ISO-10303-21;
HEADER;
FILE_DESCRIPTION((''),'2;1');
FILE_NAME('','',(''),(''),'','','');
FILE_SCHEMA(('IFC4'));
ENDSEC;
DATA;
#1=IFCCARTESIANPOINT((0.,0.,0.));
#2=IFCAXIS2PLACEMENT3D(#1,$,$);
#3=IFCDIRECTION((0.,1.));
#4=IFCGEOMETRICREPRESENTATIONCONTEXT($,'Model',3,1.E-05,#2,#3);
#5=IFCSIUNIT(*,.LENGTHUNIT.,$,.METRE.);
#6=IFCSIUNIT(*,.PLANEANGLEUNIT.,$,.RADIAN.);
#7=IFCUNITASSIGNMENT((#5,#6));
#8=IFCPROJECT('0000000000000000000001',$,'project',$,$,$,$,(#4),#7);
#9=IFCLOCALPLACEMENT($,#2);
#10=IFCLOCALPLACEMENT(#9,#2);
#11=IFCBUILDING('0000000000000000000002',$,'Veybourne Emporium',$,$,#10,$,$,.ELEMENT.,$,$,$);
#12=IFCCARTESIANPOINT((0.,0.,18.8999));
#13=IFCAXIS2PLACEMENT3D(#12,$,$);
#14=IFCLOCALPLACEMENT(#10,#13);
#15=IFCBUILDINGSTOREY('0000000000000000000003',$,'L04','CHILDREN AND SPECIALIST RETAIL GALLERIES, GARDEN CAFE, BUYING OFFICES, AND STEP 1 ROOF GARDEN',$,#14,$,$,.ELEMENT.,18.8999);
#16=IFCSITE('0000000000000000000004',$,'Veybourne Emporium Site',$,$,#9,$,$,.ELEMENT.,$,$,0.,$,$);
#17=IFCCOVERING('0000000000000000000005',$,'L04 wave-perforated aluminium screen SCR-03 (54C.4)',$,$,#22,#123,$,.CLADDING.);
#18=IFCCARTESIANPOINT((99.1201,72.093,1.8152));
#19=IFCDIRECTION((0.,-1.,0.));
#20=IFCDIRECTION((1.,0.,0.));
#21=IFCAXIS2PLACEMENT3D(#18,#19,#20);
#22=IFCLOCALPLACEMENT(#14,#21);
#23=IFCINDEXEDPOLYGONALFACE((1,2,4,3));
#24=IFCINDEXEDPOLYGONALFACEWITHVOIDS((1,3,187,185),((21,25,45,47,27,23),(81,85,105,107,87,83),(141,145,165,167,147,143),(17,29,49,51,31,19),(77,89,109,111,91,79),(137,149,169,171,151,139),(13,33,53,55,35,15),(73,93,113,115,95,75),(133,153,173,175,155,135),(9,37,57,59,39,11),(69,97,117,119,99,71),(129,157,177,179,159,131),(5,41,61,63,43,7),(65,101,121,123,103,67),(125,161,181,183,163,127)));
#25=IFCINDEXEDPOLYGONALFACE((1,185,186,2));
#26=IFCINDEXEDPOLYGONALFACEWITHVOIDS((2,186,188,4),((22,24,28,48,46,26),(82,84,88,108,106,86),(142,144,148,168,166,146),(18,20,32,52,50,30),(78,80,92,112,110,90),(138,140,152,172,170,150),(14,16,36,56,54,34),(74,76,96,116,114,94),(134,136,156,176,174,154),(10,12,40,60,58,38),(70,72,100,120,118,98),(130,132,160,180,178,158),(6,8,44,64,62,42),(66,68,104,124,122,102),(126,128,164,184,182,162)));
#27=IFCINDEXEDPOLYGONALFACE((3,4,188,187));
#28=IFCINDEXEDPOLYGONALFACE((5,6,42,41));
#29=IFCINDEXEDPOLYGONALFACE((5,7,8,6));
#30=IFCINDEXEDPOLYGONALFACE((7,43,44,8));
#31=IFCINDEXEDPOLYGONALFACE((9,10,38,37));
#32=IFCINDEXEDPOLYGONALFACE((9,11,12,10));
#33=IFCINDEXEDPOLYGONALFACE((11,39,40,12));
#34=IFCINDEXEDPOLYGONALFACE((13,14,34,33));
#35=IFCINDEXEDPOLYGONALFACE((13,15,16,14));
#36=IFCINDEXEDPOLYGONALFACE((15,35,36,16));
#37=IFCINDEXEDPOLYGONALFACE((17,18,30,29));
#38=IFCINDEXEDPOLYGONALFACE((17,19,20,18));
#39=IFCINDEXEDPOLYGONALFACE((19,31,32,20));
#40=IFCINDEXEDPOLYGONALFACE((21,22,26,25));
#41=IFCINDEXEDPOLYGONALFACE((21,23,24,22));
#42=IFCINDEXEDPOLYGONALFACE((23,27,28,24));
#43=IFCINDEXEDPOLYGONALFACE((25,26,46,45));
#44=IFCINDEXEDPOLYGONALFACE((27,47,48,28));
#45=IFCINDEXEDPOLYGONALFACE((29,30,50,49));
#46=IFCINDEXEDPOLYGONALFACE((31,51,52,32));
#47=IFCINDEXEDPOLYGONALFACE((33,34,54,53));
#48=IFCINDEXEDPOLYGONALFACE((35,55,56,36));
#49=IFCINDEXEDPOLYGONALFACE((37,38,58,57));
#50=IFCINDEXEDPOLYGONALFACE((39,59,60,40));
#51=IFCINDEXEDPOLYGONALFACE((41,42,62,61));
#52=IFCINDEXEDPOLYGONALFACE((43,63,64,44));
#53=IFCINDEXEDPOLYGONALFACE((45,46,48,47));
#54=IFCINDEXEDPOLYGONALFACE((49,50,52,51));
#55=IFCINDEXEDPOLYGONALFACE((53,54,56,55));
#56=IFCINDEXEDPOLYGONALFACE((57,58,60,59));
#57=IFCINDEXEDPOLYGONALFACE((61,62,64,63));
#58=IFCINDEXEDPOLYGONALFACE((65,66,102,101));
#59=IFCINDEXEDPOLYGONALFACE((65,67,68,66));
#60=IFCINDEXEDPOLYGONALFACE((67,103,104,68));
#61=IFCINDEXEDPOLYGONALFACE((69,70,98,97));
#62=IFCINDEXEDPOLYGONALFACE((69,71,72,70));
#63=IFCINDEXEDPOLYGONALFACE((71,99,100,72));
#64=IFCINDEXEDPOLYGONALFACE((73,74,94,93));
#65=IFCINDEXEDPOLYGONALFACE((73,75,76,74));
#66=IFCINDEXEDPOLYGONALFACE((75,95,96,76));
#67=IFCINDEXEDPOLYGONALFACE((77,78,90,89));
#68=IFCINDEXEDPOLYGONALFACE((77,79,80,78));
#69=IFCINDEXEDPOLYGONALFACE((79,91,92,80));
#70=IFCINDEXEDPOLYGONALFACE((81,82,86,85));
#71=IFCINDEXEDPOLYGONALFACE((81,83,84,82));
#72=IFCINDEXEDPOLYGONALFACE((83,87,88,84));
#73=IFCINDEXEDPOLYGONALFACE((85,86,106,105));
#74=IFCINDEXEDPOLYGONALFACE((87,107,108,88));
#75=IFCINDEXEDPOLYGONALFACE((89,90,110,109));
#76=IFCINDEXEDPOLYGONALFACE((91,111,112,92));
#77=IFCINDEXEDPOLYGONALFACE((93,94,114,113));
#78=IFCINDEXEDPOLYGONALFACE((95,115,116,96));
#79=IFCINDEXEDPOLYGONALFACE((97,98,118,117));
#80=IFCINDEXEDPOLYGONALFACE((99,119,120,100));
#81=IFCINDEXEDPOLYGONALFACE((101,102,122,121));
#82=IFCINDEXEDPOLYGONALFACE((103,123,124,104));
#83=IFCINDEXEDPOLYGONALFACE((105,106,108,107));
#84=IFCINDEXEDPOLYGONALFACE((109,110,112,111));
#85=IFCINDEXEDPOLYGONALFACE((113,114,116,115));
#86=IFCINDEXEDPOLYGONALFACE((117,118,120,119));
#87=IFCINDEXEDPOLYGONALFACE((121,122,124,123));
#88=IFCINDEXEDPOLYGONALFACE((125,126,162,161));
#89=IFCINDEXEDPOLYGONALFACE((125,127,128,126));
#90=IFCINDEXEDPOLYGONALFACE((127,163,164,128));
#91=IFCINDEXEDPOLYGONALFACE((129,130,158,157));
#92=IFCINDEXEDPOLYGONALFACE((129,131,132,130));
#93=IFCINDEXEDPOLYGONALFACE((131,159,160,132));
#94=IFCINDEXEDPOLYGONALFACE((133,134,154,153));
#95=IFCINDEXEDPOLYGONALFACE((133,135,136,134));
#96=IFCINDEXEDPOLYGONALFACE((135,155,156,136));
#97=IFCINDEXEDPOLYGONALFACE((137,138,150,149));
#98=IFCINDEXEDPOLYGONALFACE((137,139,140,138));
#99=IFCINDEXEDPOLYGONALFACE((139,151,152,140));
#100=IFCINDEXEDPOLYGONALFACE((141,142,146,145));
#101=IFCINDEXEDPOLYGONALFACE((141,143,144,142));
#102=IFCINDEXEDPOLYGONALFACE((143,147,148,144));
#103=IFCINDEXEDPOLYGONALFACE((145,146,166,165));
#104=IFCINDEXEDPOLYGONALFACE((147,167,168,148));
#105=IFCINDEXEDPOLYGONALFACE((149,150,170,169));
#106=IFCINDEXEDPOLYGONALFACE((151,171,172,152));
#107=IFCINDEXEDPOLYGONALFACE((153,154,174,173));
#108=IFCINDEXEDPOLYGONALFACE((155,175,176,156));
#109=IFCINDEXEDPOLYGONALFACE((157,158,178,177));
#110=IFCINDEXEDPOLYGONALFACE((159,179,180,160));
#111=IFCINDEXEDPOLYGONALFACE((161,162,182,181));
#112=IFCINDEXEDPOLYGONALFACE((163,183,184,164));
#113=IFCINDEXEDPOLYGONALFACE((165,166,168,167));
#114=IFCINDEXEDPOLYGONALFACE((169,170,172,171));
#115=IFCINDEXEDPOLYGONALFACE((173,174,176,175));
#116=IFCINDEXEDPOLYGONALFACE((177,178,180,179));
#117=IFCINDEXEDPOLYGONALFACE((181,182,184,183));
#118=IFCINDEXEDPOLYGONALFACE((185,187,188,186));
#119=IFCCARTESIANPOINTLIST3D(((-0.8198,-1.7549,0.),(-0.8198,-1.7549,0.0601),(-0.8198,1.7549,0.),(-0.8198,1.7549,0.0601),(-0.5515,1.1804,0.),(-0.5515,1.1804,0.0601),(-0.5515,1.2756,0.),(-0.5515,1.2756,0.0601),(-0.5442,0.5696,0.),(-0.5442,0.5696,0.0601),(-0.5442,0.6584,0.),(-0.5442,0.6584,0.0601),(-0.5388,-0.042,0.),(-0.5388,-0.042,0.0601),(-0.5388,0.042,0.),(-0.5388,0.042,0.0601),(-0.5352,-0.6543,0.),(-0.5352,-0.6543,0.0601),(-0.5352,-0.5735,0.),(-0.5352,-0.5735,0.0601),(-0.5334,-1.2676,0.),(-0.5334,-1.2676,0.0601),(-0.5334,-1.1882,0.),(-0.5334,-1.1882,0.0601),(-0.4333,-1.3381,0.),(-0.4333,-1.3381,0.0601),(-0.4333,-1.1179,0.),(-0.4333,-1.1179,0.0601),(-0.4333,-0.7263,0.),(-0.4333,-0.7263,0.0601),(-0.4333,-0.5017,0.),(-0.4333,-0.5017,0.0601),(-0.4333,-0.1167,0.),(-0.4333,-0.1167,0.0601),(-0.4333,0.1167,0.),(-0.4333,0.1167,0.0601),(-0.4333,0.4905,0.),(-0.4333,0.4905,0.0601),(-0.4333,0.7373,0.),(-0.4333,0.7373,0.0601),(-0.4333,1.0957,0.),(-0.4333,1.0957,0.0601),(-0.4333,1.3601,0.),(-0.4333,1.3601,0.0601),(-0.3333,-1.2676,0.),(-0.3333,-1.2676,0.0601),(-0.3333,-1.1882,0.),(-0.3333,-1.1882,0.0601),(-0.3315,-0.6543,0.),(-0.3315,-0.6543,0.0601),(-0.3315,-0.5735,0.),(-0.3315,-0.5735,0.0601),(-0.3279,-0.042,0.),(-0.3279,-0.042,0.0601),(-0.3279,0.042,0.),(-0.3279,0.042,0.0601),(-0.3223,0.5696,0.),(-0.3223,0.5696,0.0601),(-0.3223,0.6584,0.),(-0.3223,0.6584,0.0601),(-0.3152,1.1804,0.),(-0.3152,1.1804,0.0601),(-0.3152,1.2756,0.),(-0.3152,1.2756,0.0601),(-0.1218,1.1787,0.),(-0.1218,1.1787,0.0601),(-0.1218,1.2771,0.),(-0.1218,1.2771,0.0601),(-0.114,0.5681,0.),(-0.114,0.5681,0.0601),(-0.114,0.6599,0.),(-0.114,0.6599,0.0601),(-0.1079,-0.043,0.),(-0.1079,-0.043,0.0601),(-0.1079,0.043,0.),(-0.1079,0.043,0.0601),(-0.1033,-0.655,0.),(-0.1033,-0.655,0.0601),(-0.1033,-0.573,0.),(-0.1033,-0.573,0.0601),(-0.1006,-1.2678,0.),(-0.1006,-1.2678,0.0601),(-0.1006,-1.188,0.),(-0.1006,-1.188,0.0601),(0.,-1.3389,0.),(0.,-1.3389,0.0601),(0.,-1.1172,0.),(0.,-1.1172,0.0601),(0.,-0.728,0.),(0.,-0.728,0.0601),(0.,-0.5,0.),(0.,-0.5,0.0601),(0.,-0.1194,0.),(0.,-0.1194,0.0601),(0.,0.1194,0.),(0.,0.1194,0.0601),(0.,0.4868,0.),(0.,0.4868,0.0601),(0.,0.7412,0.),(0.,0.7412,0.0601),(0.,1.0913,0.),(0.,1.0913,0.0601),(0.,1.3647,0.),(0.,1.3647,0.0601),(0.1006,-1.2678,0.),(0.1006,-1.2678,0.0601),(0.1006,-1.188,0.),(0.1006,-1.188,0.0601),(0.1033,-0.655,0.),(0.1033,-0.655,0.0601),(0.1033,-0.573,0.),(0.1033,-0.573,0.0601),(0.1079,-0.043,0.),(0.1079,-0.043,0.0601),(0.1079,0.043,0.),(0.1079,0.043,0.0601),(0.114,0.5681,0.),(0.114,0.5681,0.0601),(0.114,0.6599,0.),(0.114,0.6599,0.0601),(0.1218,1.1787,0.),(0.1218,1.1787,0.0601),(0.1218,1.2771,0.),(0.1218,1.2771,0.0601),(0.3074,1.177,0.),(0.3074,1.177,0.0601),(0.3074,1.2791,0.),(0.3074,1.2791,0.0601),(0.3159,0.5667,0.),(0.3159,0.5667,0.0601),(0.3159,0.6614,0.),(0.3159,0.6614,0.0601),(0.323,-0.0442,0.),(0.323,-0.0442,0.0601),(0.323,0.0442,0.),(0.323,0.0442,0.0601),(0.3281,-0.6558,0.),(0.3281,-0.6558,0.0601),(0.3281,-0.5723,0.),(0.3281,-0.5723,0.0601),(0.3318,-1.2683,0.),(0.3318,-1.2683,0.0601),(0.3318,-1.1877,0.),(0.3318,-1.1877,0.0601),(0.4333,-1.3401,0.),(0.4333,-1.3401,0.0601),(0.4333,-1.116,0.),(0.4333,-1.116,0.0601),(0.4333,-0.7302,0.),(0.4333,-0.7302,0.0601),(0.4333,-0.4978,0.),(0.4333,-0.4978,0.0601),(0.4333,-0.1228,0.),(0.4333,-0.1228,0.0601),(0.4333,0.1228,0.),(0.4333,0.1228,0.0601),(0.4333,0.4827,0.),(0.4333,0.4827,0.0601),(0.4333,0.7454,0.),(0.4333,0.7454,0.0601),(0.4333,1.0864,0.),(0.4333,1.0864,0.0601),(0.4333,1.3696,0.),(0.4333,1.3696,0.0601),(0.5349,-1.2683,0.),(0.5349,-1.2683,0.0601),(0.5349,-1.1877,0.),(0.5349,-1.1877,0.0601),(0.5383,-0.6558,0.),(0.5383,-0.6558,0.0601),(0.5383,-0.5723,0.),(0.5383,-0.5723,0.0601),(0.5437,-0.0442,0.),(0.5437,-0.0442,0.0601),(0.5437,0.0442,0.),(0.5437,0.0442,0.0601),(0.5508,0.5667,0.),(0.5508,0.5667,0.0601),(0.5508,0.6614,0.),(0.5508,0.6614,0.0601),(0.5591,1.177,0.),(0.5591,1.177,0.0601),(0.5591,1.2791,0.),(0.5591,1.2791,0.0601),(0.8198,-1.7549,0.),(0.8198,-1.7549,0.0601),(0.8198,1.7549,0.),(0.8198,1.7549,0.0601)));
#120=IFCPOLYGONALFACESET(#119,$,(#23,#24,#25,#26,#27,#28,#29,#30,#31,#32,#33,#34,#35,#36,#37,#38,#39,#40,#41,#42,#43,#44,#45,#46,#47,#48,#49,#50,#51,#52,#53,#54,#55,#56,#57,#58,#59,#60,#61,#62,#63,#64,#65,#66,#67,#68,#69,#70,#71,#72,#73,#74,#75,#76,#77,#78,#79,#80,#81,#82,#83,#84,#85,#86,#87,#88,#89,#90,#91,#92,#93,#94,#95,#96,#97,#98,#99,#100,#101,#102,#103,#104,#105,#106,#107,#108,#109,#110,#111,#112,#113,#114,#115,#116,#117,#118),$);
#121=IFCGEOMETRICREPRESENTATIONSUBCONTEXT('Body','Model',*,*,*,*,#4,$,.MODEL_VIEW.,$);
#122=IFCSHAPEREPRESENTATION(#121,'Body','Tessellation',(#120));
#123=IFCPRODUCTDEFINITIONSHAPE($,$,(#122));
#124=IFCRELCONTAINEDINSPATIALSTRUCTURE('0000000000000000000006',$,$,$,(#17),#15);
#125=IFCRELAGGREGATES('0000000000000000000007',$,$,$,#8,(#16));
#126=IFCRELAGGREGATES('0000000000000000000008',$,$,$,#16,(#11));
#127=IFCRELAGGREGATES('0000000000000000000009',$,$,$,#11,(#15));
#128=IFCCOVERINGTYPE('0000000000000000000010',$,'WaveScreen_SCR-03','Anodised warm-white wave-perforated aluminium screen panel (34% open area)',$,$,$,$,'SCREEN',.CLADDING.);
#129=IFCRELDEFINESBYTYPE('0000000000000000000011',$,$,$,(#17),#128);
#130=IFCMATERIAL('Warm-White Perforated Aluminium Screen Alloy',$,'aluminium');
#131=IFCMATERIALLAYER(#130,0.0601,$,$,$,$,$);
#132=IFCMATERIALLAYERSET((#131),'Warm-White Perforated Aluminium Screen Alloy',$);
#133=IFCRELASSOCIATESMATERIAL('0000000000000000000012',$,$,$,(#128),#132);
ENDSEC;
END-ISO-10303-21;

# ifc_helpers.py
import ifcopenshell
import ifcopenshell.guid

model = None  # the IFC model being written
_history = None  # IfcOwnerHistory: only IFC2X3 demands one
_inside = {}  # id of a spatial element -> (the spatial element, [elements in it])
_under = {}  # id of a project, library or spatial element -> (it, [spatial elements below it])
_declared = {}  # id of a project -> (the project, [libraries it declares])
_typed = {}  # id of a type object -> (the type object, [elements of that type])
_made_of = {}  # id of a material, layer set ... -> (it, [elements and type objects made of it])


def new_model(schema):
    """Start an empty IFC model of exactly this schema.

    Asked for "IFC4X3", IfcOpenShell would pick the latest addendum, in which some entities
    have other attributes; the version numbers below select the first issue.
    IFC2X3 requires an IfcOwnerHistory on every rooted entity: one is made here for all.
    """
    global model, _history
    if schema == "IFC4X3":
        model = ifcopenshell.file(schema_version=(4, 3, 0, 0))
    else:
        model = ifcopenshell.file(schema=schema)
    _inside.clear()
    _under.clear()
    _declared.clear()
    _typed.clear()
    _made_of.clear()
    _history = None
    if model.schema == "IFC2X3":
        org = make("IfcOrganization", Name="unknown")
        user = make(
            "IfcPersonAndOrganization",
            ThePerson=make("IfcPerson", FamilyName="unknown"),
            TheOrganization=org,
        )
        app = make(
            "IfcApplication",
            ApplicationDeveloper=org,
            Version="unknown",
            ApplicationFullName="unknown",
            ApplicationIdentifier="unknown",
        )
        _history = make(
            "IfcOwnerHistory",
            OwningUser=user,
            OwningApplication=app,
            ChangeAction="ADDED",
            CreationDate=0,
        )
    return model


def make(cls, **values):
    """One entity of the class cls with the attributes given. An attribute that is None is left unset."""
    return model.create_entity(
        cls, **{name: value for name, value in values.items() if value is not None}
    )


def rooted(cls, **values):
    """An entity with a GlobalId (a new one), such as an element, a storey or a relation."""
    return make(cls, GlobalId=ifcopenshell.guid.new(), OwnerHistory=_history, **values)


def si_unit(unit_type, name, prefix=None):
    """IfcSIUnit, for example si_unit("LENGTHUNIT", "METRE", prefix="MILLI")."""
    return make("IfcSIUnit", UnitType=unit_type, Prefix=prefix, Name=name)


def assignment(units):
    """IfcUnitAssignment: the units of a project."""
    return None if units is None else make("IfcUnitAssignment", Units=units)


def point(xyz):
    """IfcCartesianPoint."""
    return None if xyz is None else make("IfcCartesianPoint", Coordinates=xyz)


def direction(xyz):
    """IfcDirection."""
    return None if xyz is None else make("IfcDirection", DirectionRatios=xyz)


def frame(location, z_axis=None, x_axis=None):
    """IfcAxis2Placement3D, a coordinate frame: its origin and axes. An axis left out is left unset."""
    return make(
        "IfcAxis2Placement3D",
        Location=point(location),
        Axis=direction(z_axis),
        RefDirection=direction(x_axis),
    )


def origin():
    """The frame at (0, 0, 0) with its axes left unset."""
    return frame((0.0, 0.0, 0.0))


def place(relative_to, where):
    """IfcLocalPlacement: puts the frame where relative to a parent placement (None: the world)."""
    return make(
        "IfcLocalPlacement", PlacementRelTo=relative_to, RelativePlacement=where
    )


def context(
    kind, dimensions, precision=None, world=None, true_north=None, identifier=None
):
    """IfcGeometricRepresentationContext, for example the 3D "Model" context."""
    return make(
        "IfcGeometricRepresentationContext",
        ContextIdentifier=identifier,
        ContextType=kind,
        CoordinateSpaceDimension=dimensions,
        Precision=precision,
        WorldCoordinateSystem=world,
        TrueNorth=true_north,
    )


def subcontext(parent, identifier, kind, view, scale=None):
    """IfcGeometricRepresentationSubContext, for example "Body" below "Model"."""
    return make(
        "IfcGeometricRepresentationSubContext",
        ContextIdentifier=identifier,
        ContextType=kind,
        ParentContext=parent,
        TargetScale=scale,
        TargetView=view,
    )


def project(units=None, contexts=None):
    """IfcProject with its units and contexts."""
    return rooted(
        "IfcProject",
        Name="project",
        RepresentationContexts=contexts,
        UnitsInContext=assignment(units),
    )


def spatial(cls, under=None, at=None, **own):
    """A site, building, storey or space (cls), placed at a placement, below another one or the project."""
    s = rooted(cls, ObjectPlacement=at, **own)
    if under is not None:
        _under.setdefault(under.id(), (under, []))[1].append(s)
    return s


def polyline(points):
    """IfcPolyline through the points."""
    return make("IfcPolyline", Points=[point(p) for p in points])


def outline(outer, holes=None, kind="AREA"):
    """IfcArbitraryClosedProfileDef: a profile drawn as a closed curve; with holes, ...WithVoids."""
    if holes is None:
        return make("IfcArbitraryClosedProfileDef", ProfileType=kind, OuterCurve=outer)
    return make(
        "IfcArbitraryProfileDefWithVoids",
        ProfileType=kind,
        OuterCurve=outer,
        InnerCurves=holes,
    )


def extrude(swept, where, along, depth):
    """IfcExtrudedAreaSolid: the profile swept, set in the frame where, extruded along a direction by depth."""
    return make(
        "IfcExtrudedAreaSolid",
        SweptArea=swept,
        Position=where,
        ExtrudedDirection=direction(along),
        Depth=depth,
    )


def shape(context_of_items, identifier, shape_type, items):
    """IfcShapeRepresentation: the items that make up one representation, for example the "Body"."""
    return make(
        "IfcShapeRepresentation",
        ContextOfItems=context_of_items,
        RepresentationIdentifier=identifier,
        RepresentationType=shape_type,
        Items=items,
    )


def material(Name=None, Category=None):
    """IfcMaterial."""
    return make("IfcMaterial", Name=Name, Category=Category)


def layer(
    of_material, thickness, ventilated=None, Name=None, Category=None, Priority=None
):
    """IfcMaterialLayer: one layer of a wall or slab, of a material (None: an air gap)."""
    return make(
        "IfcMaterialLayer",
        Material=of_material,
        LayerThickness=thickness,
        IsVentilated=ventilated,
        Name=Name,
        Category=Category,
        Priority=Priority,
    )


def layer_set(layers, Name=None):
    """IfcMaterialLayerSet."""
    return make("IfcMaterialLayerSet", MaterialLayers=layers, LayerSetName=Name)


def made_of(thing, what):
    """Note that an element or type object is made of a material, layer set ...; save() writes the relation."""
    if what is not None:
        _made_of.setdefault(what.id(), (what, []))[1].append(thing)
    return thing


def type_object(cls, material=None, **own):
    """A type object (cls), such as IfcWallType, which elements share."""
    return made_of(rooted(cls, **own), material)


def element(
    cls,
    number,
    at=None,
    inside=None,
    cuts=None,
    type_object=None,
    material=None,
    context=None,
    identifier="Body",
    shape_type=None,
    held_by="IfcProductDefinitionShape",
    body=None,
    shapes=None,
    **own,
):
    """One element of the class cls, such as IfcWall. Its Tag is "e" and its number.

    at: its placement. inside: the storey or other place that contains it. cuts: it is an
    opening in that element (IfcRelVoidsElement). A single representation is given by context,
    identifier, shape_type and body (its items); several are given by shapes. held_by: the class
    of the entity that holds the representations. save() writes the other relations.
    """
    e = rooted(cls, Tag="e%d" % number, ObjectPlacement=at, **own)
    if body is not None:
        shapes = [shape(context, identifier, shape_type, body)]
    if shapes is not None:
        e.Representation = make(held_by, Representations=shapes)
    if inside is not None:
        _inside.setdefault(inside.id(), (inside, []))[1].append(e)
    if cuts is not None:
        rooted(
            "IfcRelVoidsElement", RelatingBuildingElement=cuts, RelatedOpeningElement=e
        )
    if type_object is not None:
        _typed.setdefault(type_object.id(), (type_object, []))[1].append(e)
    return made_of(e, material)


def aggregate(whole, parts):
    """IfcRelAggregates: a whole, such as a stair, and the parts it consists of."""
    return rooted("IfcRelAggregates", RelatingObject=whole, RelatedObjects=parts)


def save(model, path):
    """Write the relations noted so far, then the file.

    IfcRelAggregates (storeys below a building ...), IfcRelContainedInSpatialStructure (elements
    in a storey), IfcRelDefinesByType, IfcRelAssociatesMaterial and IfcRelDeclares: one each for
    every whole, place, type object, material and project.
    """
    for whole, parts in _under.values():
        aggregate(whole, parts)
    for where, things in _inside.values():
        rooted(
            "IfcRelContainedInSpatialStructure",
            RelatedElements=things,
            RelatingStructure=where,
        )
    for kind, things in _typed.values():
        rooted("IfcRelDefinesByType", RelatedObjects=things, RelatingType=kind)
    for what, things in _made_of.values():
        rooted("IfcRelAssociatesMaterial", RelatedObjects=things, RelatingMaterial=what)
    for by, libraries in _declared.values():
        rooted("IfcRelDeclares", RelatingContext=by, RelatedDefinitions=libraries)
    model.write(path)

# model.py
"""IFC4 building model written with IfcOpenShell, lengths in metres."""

from ifc_helpers import new_model, si_unit, direction, frame, origin, place, context, subcontext, project, spatial, polyline, outline, extrude, material, layer, layer_set, type_object, element, save


model = new_model("IFC4")

# Units and contexts
model_context = context("Model", 3, precision=1e-05, world=origin(), true_north=direction((0.0, 1.0)))
body_context = subcontext(model_context, "Body", "Model", "MODEL_VIEW")
ifc_project = project(units=[si_unit("LENGTHUNIT", "METRE"), si_unit("PLANEANGLEUNIT", "RADIAN")], contexts=[model_context])

# Site, building, storey
site_placement = place(None, origin())
site = spatial("IfcSite", under=ifc_project, at=site_placement, Name="Veybourne Emporium Site", CompositionType="ELEMENT", RefElevation=0.0)
building_placement = place(site_placement, origin())
building = spatial("IfcBuilding", under=site, at=building_placement, Name="Veybourne Emporium", CompositionType="ELEMENT")
storey_placement = place(building_placement, frame((0.0, 0.0, 18.8999)))
storey = spatial("IfcBuildingStorey", under=building, at=storey_placement, Name="L04", Description="CHILDREN AND SPECIALIST RETAIL GALLERIES, GARDEN CAFE, BUYING OFFICES, AND STEP 1 ROOF GARDEN", CompositionType="ELEMENT", Elevation=18.8999)

# Covering
ifc_material_1 = material(Name="Warm-White Perforated Aluminium Screen Alloy", Category="aluminium")
ifc_layer_1 = layer(ifc_material_1, 0.0601)
ifc_layer_set_1 = layer_set([ifc_layer_1], Name="Warm-White Perforated Aluminium Screen Alloy")
covering_type_1 = type_object("IfcCoveringType", Name="WaveScreen_SCR-03", Description="Anodised warm-white wave-perforated aluminium screen panel (34% open area)", ElementType="SCREEN", PredefinedType="CLADDING", material=ifc_layer_set_1)
covering_1_placement = place(storey_placement, frame((99.1201, 72.093, 1.8152), z_axis=(0.0, -1.0, 0.0), x_axis=(1.0, 0.0, 0.0)))
element("IfcCovering", 1, at=covering_1_placement, inside=storey, type_object=covering_type_1, Name="L04 wave-perforated aluminium screen SCR-03 (54C.4)", PredefinedType="CLADDING", context=body_context, shape_type="SweptSolid", body=[
    extrude(outline(polyline([(-0.8198, -1.7549), (0.8198, -1.7549), (0.8198, 1.7549), (-0.8198, 1.7549), (-0.8198, -1.7549)]), holes=[polyline([(-0.4333, -1.1179), (-0.3333, -1.1882), (-0.3333, -1.2676), (-0.4333, -1.3381), (-0.5334, -1.2676), (-0.5334, -1.1882), (-0.4333, -1.1179)]), polyline([(-0.4333, -0.5017), (-0.3315, -0.5735), (-0.3315, -0.6543), (-0.4333, -0.7263), (-0.5352, -0.6543), (-0.5352, -0.5735), (-0.4333, -0.5017)]), polyline([(-0.4333, 0.1167), (-0.3279, 0.042), (-0.3279, -0.042), (-0.4333, -0.1167), (-0.5388, -0.042), (-0.5388, 0.042), (-0.4333, 0.1167)]), polyline([(-0.4333, 0.7373), (-0.3223, 0.6584), (-0.3223, 0.5696), (-0.4333, 0.4905), (-0.5442, 0.5696), (-0.5442, 0.6584), (-0.4333, 0.7373)]), polyline([(-0.4333, 1.3601), (-0.3152, 1.2756), (-0.3152, 1.1804), (-0.4333, 1.0957), (-0.5515, 1.1804), (-0.5515, 1.2756), (-0.4333, 1.3601)]), polyline([(0.0, -1.1172), (0.1006, -1.188), (0.1006, -1.2678), (0.0, -1.3389), (-0.1006, -1.2678), (-0.1006, -1.188), (0.0, -1.1172)]), polyline([(0.0, -0.5), (0.1033, -0.573), (0.1033, -0.655), (0.0, -0.728), (-0.1033, -0.655), (-0.1033, -0.573), (0.0, -0.5)]), polyline([(0.0, 0.1194), (0.1079, 0.043), (0.1079, -0.043), (0.0, -0.1194), (-0.1079, -0.043), (-0.1079, 0.043), (0.0, 0.1194)]), polyline([(0.0, 0.7412), (0.114, 0.6599), (0.114, 0.5681), (0.0, 0.4868), (-0.114, 0.5681), (-0.114, 0.6599), (0.0, 0.7412)]), polyline([(0.0, 1.3647), (0.1218, 1.2771), (0.1218, 1.1787), (0.0, 1.0913), (-0.1218, 1.1787), (-0.1218, 1.2771), (0.0, 1.3647)]), polyline([(0.4333, -1.116), (0.5349, -1.1877), (0.5349, -1.2683), (0.4333, -1.3401), (0.3318, -1.2683), (0.3318, -1.1877), (0.4333, -1.116)]), polyline([(0.4333, -0.4978), (0.5383, -0.5723), (0.5383, -0.6558), (0.4333, -0.7302), (0.3281, -0.6558), (0.3281, -0.5723), (0.4333, -0.4978)]), polyline([(0.4333, 0.1228), (0.5437, 0.0442), (0.5437, -0.0442), (0.4333, -0.1228), (0.323, -0.0442), (0.323, 0.0442), (0.4333, 0.1228)]), polyline([(0.4333, 0.7454), (0.5508, 0.6614), (0.5508, 0.5667), (0.4333, 0.4827), (0.3159, 0.5667), (0.3159, 0.6614), (0.4333, 0.7454)]), polyline([(0.4333, 1.3696), (0.5591, 1.2791), (0.5591, 1.177), (0.4333, 1.0864), (0.3074, 1.177), (0.3074, 1.2791), (0.4333, 1.3696)])]), origin(), (0.0, 0.0, 1.0), 0.0601),
])

save(model, "model.ifc")
